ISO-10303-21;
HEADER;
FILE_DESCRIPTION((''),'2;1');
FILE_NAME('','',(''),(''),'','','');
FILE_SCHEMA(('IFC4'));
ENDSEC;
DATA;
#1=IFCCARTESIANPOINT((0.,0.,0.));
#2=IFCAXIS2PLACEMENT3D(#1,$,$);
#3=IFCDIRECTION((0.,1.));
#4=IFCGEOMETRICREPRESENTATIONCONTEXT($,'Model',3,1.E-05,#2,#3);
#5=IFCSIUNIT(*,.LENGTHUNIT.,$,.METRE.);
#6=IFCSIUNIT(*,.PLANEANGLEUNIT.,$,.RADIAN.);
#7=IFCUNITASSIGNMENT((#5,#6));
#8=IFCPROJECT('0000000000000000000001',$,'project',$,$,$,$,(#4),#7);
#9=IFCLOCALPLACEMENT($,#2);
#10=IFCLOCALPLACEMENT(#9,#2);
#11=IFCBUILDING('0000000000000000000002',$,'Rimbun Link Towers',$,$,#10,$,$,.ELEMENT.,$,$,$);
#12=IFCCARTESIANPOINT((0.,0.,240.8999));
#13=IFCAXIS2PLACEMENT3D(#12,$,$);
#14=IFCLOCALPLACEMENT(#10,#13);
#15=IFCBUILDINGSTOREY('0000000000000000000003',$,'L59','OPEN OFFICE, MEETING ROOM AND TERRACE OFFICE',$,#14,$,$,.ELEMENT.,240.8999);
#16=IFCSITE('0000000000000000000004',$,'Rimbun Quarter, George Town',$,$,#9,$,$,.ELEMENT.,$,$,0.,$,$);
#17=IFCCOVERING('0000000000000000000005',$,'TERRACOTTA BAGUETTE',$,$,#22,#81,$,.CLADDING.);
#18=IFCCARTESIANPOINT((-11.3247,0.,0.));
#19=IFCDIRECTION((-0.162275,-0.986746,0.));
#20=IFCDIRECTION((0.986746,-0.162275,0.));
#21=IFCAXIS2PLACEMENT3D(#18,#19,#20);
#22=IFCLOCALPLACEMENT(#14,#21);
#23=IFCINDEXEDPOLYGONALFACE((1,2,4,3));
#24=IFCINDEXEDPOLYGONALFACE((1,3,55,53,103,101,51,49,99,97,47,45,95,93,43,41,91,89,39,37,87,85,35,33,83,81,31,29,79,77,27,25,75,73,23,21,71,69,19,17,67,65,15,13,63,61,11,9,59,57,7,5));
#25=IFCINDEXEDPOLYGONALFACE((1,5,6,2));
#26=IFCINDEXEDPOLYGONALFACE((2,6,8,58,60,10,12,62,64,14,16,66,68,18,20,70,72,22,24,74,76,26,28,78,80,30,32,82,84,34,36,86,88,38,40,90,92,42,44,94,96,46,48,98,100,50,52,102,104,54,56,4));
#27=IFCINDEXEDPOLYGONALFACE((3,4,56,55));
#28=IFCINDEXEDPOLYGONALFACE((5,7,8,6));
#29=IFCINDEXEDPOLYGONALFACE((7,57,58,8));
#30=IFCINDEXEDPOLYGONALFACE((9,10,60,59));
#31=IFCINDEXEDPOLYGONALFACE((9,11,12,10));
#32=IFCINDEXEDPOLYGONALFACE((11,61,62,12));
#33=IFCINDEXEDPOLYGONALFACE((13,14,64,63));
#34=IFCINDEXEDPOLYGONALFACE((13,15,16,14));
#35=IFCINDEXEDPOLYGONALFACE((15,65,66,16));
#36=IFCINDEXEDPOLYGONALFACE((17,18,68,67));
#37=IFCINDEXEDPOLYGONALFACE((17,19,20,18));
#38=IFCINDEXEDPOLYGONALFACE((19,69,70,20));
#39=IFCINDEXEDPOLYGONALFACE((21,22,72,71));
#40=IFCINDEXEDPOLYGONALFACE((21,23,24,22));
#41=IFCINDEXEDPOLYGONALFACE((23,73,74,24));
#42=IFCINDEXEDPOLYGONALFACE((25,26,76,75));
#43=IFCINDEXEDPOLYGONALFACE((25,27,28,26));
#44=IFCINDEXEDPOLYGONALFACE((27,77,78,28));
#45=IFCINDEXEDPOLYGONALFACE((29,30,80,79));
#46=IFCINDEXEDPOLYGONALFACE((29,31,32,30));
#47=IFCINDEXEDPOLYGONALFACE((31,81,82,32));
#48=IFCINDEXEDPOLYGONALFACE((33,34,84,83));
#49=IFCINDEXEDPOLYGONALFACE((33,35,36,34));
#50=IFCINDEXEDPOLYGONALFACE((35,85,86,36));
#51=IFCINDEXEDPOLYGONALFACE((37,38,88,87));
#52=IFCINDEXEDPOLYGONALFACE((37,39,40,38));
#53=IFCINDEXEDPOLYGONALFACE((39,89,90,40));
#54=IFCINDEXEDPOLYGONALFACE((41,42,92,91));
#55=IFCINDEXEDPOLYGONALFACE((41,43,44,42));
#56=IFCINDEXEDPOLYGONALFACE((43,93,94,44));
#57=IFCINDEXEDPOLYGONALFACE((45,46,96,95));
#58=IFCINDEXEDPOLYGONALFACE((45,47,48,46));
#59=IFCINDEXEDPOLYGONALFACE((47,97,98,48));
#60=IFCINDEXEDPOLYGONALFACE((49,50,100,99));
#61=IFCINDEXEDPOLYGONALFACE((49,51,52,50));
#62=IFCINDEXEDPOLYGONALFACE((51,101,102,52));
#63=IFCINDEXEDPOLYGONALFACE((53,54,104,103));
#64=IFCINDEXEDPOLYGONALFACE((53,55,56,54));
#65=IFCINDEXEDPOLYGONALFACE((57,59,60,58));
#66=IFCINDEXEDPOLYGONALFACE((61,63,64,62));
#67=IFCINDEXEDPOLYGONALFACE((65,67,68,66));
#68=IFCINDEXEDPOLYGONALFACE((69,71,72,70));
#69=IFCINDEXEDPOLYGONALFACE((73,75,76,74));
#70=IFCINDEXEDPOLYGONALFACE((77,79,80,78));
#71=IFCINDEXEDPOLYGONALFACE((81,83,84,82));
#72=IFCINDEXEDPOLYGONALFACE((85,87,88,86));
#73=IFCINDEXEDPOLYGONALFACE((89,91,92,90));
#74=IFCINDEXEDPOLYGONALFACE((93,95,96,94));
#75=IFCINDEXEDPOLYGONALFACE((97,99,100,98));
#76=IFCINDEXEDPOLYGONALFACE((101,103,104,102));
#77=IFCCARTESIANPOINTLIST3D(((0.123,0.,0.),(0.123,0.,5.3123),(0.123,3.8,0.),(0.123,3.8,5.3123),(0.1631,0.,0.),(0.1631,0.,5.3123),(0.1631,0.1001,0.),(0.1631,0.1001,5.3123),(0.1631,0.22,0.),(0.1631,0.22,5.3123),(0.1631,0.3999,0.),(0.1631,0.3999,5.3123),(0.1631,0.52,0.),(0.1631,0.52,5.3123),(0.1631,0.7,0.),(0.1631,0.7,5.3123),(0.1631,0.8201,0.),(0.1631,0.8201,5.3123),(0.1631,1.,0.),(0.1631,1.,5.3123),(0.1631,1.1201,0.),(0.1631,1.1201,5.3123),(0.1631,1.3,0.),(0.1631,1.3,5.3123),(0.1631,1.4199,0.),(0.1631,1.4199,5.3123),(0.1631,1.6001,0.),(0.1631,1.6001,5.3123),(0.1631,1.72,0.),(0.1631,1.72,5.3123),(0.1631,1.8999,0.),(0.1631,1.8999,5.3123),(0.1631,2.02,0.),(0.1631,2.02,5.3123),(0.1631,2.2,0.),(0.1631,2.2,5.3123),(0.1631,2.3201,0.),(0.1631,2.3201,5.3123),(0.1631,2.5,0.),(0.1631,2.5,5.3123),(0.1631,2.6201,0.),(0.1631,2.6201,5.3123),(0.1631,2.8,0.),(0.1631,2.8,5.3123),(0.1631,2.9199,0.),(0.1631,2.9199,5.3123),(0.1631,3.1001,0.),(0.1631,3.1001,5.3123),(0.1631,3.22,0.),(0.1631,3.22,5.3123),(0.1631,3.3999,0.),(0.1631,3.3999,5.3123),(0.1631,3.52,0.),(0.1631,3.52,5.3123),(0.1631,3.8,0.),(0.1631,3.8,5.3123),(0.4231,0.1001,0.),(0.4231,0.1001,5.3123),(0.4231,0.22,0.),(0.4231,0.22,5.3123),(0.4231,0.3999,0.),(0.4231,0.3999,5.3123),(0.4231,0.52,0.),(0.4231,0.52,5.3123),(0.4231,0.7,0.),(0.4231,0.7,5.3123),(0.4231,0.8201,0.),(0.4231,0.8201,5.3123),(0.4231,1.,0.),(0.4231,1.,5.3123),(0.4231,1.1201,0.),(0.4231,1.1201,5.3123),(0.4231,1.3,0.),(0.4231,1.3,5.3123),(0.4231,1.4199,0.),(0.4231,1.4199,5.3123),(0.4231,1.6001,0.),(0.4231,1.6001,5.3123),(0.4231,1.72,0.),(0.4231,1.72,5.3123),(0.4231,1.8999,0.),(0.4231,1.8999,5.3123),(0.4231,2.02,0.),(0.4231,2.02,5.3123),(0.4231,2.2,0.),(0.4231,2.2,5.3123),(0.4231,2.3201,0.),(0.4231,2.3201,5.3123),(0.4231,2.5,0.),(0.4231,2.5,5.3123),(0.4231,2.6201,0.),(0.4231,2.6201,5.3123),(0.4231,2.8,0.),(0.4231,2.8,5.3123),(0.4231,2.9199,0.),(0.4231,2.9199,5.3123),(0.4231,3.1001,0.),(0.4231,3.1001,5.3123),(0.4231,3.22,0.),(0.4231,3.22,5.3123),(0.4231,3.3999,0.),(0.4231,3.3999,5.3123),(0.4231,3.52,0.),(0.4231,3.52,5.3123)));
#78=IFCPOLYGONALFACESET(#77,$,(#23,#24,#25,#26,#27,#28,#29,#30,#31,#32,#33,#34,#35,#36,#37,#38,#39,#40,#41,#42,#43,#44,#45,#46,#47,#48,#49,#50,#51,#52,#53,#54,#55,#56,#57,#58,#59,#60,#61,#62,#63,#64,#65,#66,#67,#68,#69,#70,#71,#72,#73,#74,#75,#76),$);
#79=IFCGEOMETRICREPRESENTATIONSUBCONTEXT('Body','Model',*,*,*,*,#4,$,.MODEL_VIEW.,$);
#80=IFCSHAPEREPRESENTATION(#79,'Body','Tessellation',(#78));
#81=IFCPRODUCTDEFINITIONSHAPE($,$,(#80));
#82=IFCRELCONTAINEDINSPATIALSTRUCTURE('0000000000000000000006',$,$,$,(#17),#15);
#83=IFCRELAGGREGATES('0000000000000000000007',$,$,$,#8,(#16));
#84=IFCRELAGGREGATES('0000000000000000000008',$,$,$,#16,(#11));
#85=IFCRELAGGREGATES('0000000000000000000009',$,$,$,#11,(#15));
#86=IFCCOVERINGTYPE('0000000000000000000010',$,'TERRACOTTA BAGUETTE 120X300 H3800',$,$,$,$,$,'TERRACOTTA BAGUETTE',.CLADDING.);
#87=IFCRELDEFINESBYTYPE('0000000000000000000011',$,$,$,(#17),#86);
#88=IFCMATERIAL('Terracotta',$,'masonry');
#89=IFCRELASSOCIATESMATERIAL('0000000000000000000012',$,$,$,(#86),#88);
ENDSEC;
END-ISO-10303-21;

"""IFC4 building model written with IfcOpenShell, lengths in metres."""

from ifc_helpers import new_model, si_unit, direction, frame, origin, place, context, subcontext, project, spatial, polyline, outline, extrude, material, material_profile, profile_set, type_object, element, save


model = new_model("IFC4")

# Units and contexts
model_context = context("Model", 3, precision=1e-05, world=origin(), true_north=direction((0.0, 1.0)))
body_context = subcontext(model_context, "Body", "Model", "MODEL_VIEW")
ifc_project = project(units=[si_unit("LENGTHUNIT", "METRE"), si_unit("PLANEANGLEUNIT", "RADIAN")], contexts=[model_context])

# Site, building, storey
site_placement = place(None, origin())
site = spatial("IfcSite", under=ifc_project, at=site_placement, Name="Rimbun Quarter, George Town", CompositionType="ELEMENT", RefElevation=0.0)
building_placement = place(site_placement, origin())
building = spatial("IfcBuilding", under=site, at=building_placement, Name="Rimbun Link Towers", CompositionType="ELEMENT")
storey_placement = place(building_placement, frame((0.0, 0.0, 240.8999)))
storey = spatial("IfcBuildingStorey", under=building, at=storey_placement, Name="L59", Description="OPEN OFFICE, MEETING ROOM AND TERRACE OFFICE", CompositionType="ELEMENT", Elevation=240.8999)

# Covering
ifc_material_1 = material(Name="Terracotta", Category="masonry")
ifc_material_profile_1 = material_profile(ifc_material_1, outline(polyline([(0.123, 0.0), (0.1631, 0.0), (0.1631, 0.1001), (0.4231, 0.1001), (0.4231, 0.22), (0.1631, 0.22), (0.1631, 0.3999), (0.4231, 0.3999), (0.4231, 0.52), (0.1631, 0.52), (0.1631, 0.7), (0.4231, 0.7), (0.4231, 0.8201), (0.1631, 0.8201), (0.1631, 1.0), (0.4231, 1.0), (0.4231, 1.1201), (0.1631, 1.1201), (0.1631, 1.3), (0.4231, 1.3), (0.4231, 1.4199), (0.1631, 1.4199), (0.1631, 1.6001), (0.4231, 1.6001), (0.4231, 1.72), (0.1631, 1.72), (0.1631, 1.8999), (0.4231, 1.8999), (0.4231, 2.02), (0.1631, 2.02), (0.1631, 2.2), (0.4231, 2.2), (0.4231, 2.3201), (0.1631, 2.3201), (0.1631, 2.5), (0.4231, 2.5), (0.4231, 2.6201), (0.1631, 2.6201), (0.1631, 2.8), (0.4231, 2.8), (0.4231, 2.9199), (0.1631, 2.9199), (0.1631, 3.1001), (0.4231, 3.1001), (0.4231, 3.22), (0.1631, 3.22), (0.1631, 3.3999), (0.4231, 3.3999), (0.4231, 3.52), (0.1631, 3.52), (0.1631, 3.8), (0.123, 3.8), (0.123, 0.0)])), Name="BAGUETTE 120X300")
ifc_profile_set_1 = profile_set([ifc_material_profile_1], Name="Terracotta")
covering_type = type_object("IfcCoveringType", Name="TERRACOTTA BAGUETTE 120X300 H3800", ElementType="TERRACOTTA BAGUETTE", PredefinedType="CLADDING", material=ifc_profile_set_1)
covering_placement = place(storey_placement, frame((-11.3247, 0.0, 0.0), z_axis=(-0.162275, -0.986746, 0.0), x_axis=(0.986746, -0.162275, 0.0)))
element("IfcCovering", 1, at=covering_placement, inside=storey, type_object=covering_type, Name="TERRACOTTA BAGUETTE", PredefinedType="CLADDING", context=body_context, shape_type="SweptSolid", body=[
    extrude(outline(polyline([(0.123, 0.0), (0.1631, 0.0), (0.1631, 0.1001), (0.4231, 0.1001), (0.4231, 0.22), (0.1631, 0.22), (0.1631, 0.3999), (0.4231, 0.3999), (0.4231, 0.52), (0.1631, 0.52), (0.1631, 0.7), (0.4231, 0.7), (0.4231, 0.8201), (0.1631, 0.8201), (0.1631, 1.0), (0.4231, 1.0), (0.4231, 1.1201), (0.1631, 1.1201), (0.1631, 1.3), (0.4231, 1.3), (0.4231, 1.4199), (0.1631, 1.4199), (0.1631, 1.6001), (0.4231, 1.6001), (0.4231, 1.72), (0.1631, 1.72), (0.1631, 1.8999), (0.4231, 1.8999), (0.4231, 2.02), (0.1631, 2.02), (0.1631, 2.2), (0.4231, 2.2), (0.4231, 2.3201), (0.1631, 2.3201), (0.1631, 2.5), (0.4231, 2.5), (0.4231, 2.6201), (0.1631, 2.6201), (0.1631, 2.8), (0.4231, 2.8), (0.4231, 2.9199), (0.1631, 2.9199), (0.1631, 3.1001), (0.4231, 3.1001), (0.4231, 3.22), (0.1631, 3.22), (0.1631, 3.3999), (0.4231, 3.3999), (0.4231, 3.52), (0.1631, 3.52), (0.1631, 3.8), (0.123, 3.8), (0.123, 0.0)])), origin(), (0.0, 0.0, 1.0), 5.3123),
])

save(model, "model.ifc")
